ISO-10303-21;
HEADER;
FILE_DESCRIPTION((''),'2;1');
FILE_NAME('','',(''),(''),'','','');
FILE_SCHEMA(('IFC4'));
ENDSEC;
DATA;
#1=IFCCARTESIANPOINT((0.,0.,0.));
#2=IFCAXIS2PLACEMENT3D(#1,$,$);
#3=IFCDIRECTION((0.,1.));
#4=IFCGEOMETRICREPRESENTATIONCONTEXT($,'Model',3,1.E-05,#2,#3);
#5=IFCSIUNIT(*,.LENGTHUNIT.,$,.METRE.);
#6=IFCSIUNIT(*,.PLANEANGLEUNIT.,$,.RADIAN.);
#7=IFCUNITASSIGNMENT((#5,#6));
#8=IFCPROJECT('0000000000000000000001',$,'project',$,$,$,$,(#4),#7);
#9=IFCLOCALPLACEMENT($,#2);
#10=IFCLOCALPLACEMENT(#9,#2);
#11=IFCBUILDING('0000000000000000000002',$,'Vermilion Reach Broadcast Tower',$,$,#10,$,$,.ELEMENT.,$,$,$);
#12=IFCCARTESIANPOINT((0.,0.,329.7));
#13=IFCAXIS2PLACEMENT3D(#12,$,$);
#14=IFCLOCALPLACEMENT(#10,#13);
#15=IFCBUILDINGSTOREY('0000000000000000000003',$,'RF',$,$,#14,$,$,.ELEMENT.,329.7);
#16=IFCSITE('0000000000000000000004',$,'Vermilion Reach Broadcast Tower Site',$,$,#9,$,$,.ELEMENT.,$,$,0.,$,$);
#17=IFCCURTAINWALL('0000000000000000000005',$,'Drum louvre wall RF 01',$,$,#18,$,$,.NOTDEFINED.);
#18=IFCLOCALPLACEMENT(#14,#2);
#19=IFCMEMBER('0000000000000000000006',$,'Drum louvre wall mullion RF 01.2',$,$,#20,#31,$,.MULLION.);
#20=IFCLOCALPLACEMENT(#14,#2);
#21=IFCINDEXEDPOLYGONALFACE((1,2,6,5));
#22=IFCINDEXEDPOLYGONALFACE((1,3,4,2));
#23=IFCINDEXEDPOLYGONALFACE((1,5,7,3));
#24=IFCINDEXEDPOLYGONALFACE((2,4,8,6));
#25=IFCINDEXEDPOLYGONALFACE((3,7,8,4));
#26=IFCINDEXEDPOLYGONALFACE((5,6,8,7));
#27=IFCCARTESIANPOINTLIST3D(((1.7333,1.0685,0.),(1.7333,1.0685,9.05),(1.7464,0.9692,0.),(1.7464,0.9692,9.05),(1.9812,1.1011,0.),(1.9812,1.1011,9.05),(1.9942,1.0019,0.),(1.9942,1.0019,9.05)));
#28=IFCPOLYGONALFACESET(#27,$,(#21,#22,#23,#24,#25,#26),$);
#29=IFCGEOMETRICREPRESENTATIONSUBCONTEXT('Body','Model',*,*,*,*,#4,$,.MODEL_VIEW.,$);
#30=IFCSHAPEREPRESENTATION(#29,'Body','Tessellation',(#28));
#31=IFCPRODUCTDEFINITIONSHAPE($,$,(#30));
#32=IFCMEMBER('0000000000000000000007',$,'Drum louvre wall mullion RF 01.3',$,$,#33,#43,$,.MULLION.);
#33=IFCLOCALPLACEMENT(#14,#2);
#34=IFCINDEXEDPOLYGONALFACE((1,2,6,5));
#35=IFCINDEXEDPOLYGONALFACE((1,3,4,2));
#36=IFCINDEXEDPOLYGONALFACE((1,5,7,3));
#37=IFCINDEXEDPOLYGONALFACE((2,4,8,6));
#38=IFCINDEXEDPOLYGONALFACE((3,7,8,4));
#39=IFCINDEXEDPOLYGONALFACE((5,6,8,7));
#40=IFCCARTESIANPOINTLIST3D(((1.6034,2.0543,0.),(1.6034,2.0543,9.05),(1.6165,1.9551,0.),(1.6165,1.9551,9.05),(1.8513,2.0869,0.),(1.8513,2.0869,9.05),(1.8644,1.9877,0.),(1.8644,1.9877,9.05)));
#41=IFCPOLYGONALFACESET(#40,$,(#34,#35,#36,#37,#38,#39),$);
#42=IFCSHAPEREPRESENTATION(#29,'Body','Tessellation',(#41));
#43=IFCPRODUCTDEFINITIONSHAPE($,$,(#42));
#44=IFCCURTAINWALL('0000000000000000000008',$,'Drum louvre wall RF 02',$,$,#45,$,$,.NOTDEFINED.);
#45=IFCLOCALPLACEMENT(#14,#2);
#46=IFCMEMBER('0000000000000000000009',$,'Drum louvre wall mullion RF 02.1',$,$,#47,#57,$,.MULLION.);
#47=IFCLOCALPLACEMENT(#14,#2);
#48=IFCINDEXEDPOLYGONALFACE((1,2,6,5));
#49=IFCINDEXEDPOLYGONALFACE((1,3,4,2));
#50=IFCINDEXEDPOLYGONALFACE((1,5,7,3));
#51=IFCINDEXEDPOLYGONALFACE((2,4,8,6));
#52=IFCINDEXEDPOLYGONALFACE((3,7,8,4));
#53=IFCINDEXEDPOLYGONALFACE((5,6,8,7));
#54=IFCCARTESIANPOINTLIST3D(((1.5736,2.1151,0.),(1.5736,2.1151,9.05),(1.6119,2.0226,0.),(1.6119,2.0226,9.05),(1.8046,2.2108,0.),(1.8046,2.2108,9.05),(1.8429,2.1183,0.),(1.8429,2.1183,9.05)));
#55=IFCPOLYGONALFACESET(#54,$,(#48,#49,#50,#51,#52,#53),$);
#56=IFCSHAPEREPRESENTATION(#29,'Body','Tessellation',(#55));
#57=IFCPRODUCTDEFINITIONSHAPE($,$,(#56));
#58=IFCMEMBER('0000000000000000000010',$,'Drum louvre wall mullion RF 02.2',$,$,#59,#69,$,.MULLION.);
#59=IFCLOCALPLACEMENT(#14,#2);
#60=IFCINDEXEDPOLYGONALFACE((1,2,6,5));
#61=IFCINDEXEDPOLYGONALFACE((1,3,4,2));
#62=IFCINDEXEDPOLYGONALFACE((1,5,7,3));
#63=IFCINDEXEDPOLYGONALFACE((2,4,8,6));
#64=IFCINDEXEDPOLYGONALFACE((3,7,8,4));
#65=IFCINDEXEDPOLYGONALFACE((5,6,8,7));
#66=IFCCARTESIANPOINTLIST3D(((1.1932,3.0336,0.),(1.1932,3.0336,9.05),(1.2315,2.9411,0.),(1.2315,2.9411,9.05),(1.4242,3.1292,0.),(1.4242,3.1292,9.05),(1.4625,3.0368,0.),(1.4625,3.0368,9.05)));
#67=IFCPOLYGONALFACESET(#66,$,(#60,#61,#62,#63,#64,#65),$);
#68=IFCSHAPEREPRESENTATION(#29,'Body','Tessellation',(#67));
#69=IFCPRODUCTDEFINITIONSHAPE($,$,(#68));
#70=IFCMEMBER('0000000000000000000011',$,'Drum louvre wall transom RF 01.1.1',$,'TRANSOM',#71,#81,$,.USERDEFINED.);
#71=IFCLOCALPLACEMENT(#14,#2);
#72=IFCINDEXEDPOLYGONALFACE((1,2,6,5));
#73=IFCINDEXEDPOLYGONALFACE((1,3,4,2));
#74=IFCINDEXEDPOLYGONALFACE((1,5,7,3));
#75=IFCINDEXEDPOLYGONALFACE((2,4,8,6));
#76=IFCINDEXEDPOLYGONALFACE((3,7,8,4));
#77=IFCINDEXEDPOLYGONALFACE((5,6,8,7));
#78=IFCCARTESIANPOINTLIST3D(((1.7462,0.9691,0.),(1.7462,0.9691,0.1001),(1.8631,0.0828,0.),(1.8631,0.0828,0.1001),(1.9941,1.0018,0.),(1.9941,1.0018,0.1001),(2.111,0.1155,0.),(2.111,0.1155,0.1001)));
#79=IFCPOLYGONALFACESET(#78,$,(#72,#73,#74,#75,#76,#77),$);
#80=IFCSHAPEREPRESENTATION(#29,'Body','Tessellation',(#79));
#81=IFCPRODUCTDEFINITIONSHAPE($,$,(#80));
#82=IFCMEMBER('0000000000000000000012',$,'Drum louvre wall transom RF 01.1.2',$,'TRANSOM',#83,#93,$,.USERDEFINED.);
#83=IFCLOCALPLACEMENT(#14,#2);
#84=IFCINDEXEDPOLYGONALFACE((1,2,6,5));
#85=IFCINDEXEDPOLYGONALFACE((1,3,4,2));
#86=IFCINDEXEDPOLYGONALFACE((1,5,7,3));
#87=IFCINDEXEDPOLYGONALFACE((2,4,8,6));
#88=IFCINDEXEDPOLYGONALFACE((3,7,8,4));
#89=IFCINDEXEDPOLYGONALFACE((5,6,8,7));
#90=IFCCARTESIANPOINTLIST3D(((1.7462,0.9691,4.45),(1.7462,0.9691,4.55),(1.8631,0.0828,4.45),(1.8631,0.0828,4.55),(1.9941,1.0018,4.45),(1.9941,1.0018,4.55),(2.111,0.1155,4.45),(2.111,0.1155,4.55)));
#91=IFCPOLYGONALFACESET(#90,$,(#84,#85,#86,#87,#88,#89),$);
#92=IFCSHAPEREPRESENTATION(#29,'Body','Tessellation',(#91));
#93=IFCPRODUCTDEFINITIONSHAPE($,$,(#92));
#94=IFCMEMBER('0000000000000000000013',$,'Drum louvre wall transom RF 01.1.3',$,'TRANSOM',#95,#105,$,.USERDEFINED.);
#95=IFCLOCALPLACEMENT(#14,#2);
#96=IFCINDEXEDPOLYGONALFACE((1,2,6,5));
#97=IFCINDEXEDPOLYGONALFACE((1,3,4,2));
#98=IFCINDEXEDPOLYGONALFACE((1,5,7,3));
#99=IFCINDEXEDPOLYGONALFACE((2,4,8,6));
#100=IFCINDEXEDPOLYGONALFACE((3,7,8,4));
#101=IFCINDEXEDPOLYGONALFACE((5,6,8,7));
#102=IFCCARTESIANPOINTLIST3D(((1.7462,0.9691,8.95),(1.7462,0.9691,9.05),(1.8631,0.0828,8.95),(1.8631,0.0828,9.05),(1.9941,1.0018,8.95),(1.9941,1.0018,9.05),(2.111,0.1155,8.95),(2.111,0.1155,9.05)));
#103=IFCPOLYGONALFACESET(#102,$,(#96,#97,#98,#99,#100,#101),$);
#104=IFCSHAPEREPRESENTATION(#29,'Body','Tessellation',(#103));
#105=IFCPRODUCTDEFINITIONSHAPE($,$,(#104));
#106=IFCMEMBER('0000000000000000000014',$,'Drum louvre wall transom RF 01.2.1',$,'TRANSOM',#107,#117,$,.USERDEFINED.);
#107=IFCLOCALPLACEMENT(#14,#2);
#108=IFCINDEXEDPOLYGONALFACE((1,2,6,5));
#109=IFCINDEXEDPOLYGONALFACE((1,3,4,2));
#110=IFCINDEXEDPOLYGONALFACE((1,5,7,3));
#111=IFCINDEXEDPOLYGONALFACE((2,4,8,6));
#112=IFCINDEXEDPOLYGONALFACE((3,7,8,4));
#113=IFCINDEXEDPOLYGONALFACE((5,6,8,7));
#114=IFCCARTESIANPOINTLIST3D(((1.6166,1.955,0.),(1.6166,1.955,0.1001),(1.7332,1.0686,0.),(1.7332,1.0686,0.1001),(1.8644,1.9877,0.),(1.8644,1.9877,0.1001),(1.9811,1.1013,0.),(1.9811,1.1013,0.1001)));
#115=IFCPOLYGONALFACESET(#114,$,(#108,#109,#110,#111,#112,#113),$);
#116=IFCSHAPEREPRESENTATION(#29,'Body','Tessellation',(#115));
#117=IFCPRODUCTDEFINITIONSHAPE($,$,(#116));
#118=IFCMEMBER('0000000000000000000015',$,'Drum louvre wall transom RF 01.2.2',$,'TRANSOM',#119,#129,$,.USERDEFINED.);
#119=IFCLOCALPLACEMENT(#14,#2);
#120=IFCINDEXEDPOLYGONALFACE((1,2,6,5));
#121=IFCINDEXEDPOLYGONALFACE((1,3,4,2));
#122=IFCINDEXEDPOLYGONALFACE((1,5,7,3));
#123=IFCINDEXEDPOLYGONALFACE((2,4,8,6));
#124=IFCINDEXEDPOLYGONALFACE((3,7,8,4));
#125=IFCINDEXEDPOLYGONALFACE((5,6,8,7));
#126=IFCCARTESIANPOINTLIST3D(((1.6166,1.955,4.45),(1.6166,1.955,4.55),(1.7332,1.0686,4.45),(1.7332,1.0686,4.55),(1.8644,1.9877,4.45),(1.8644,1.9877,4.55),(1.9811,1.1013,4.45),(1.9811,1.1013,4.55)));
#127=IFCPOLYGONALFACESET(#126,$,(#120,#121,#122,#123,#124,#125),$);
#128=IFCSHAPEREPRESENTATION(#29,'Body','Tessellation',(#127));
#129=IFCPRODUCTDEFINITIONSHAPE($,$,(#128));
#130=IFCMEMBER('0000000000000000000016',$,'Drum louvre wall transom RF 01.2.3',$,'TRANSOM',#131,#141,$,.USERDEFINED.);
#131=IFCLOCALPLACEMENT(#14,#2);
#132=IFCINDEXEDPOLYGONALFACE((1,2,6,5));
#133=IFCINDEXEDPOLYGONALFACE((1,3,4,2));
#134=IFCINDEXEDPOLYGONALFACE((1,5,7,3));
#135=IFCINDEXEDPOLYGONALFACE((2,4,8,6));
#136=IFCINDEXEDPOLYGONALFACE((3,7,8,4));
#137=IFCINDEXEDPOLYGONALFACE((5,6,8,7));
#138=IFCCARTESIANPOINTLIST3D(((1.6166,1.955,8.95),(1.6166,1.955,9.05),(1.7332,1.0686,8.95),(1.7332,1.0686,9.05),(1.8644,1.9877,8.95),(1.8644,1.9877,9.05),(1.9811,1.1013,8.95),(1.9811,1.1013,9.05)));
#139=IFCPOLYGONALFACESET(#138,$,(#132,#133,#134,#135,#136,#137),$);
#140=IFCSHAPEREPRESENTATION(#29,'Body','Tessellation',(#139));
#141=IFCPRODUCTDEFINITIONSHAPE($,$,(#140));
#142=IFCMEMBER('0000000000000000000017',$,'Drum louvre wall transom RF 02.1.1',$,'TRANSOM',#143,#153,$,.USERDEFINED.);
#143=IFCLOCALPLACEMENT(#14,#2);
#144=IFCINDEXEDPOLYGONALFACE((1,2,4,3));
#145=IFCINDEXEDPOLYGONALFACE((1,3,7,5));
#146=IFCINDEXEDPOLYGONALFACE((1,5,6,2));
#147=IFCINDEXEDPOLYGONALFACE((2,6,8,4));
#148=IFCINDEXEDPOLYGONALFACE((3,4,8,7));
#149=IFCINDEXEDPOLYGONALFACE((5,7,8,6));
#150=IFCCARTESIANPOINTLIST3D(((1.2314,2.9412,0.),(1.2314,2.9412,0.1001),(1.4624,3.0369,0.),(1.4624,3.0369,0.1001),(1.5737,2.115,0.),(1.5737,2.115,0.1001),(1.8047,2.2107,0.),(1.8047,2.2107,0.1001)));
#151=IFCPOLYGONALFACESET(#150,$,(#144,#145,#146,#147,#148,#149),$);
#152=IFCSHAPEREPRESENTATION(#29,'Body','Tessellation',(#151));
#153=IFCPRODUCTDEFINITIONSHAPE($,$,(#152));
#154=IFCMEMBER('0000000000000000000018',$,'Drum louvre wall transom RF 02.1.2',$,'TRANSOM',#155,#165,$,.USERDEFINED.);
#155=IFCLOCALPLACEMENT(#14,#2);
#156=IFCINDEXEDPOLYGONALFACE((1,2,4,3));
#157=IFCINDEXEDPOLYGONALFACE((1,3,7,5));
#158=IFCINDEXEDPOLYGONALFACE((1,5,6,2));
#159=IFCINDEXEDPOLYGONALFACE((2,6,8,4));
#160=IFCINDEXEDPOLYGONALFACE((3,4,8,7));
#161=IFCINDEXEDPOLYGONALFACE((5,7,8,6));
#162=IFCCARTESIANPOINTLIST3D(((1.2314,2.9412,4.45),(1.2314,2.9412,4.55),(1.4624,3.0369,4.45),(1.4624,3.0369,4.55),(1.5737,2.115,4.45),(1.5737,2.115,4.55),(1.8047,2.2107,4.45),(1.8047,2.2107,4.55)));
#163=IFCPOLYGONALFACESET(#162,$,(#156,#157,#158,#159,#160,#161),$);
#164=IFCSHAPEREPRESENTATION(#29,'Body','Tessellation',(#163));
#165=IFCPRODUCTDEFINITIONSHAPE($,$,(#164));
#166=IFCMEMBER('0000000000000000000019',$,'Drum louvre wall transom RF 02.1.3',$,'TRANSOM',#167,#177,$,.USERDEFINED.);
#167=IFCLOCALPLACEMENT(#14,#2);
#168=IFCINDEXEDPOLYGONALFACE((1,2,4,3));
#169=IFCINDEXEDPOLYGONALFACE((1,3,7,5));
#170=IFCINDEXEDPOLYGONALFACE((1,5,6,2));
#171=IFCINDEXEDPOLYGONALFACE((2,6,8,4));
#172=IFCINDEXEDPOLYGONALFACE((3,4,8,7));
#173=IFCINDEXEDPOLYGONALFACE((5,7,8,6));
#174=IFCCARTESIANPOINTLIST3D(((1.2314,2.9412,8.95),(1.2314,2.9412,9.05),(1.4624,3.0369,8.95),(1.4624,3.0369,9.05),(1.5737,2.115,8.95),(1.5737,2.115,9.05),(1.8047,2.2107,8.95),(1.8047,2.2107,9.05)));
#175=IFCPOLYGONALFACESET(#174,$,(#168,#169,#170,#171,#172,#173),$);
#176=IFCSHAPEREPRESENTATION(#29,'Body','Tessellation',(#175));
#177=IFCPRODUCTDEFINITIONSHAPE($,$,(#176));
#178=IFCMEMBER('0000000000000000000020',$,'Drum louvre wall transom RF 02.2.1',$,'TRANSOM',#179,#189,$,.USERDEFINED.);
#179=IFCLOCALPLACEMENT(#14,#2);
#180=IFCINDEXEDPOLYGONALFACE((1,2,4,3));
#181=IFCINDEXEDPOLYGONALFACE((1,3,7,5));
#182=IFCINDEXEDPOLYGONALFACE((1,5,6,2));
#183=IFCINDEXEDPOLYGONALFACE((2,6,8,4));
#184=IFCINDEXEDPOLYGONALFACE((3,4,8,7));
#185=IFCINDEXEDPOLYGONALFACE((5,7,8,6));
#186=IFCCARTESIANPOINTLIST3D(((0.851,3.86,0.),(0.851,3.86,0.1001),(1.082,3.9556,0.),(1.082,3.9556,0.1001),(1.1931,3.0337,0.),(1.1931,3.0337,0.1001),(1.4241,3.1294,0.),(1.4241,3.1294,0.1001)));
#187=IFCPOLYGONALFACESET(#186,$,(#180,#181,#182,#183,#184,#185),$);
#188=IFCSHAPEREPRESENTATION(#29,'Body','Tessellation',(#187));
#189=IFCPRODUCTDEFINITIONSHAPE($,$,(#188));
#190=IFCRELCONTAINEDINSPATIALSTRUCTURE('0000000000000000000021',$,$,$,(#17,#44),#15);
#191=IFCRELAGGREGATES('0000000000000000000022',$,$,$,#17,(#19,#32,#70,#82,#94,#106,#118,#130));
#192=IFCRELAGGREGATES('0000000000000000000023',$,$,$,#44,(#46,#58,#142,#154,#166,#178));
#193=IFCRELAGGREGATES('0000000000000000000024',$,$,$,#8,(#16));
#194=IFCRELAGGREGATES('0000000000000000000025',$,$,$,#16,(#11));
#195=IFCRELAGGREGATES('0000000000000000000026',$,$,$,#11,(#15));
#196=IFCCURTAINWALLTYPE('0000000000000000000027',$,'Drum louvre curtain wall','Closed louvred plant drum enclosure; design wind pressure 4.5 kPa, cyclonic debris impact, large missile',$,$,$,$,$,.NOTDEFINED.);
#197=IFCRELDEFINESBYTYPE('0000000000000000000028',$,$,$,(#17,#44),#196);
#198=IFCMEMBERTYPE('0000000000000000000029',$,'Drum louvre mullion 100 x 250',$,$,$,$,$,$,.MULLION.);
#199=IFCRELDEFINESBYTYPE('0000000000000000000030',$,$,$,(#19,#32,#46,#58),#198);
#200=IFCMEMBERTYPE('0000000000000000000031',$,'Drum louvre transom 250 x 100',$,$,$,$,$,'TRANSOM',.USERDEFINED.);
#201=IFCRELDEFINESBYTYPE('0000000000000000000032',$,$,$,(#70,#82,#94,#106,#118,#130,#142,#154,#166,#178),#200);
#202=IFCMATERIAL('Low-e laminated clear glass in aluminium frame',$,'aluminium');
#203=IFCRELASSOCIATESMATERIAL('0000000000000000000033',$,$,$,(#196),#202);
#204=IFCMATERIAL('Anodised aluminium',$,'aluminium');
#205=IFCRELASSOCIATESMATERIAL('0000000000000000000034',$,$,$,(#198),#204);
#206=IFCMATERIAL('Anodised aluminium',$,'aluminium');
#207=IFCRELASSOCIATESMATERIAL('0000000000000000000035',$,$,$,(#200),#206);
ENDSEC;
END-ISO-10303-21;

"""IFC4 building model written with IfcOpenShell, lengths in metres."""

from ifc_helpers import new_model, si_unit, direction, frame, origin, origin_2d, place, context, subcontext, project, spatial, rectangle, extrude, material, material_profile, profile_set, type_object, element, aggregate, save


model = new_model("IFC4")

# Units and contexts
model_context = context("Model", 3, precision=1e-05, world=origin(), true_north=direction((0.0, 1.0)))
body_context = subcontext(model_context, "Body", "Model", "MODEL_VIEW")
ifc_project = project(units=[si_unit("LENGTHUNIT", "METRE"), si_unit("PLANEANGLEUNIT", "RADIAN")], contexts=[model_context])

# Site, building, storey
site_placement = place(None, origin())
site = spatial("IfcSite", under=ifc_project, at=site_placement, Name="Vermilion Reach Broadcast Tower Site", CompositionType="ELEMENT", RefElevation=0.0)
building_placement = place(site_placement, origin())
building = spatial("IfcBuilding", under=site, at=building_placement, Name="Vermilion Reach Broadcast Tower", CompositionType="ELEMENT")
storey_placement = place(building_placement, frame((0.0, 0.0, 329.7)))
storey = spatial("IfcBuildingStorey", under=building, at=storey_placement, Name="RF", CompositionType="ELEMENT", Elevation=329.7)

# Curtain walls, members
ifc_material_1 = material(Name="Low-e laminated clear glass in aluminium frame", Category="aluminium")
curtain_wall_type = type_object("IfcCurtainWallType", Name="Drum louvre curtain wall", Description="Closed louvred plant drum enclosure; design wind pressure 4.5 kPa, cyclonic debris impact, large missile", PredefinedType="NOTDEFINED", material=ifc_material_1)
placement = place(storey_placement, origin())
curtain_wall_1 = element("IfcCurtainWall", 1, at=placement, inside=storey, type_object=curtain_wall_type, Name="Drum louvre wall RF 01", PredefinedType="NOTDEFINED")
ifc_material_2 = material(Name="Anodised aluminium", Category="aluminium")
ifc_material_profile_1 = material_profile(ifc_material_2, rectangle(XDim=0.25, YDim=0.1001, at=origin_2d()), Name="Drum louvre mullion 100 x 250")
ifc_profile_set_1 = profile_set([ifc_material_profile_1], Name="Anodised aluminium")
member_type_1 = type_object("IfcMemberType", Name="Drum louvre mullion 100 x 250", PredefinedType="MULLION", material=ifc_profile_set_1)
member_1_placement = place(storey_placement, frame((1.8638, 1.0352, 0.0), z_axis=(0.0, 0.0, 1.0), x_axis=(-0.991445, -0.130526, 0.0)))
member_1 = element("IfcMember", 2, at=member_1_placement, type_object=member_type_1, Name="Drum louvre wall mullion RF 01.2", PredefinedType="MULLION", context=body_context, shape_type="SweptSolid", body=[
    extrude(rectangle(XDim=0.25, YDim=0.1001, at=origin_2d()), origin(), (0.0, 0.0, 1.0), 9.05),
])
member_2_placement = place(storey_placement, frame((1.7339, 2.021, 0.0), z_axis=(0.0, 0.0, 1.0), x_axis=(-0.991445, -0.130526, 0.0)))
member_2 = element("IfcMember", 3, at=member_2_placement, type_object=member_type_1, Name="Drum louvre wall mullion RF 01.3", PredefinedType="MULLION", context=body_context, shape_type="SweptSolid", body=[
    extrude(rectangle(XDim=0.25, YDim=0.1001, at=origin_2d()), origin(), (0.0, 0.0, 1.0), 9.05),
])
curtain_wall_2 = element("IfcCurtainWall", 4, at=placement, inside=storey, type_object=curtain_wall_type, Name="Drum louvre wall RF 02", PredefinedType="NOTDEFINED")
member_3_placement = place(storey_placement, frame((1.7083, 2.1167, 0.0), z_axis=(0.0, 0.0, 1.0), x_axis=(-0.92388, -0.382683, 0.0)))
member_3 = element("IfcMember", 5, at=member_3_placement, type_object=member_type_1, Name="Drum louvre wall mullion RF 02.1", PredefinedType="MULLION", context=body_context, shape_type="SweptSolid", body=[
    extrude(rectangle(XDim=0.25, YDim=0.1001, at=origin_2d()), origin(), (0.0, 0.0, 1.0), 9.05),
])
member_4_placement = place(storey_placement, frame((1.3279, 3.0352, 0.0), z_axis=(0.0, 0.0, 1.0), x_axis=(-0.92388, -0.382683, 0.0)))
member_4 = element("IfcMember", 6, at=member_4_placement, type_object=member_type_1, Name="Drum louvre wall mullion RF 02.2", PredefinedType="MULLION", context=body_context, shape_type="SweptSolid", body=[
    extrude(rectangle(XDim=0.25, YDim=0.1001, at=origin_2d()), origin(), (0.0, 0.0, 1.0), 9.05),
])

# Members
ifc_material_3 = material(Name="Anodised aluminium", Category="aluminium")
ifc_material_profile_2 = material_profile(ifc_material_3, rectangle(XDim=0.25, YDim=0.1001, at=origin_2d()), Name="Drum louvre transom 250 x 100")
ifc_profile_set_2 = profile_set([ifc_material_profile_2], Name="Anodised aluminium")
member_type_2 = type_object("IfcMemberType", Name="Drum louvre transom 250 x 100", ElementType="TRANSOM", PredefinedType="USERDEFINED", material=ifc_profile_set_2)
member_5_placement = place(storey_placement, frame((1.9871, 0.0991, 0.05), z_axis=(-0.130786, 0.991411, 0.0), x_axis=(-0.991411, -0.130786, 0.0)))
member_5 = element("IfcMember", 7, at=member_5_placement, type_object=member_type_2, Name="Drum louvre wall transom RF 01.1.1", ObjectType="TRANSOM", PredefinedType="USERDEFINED", context=body_context, shape_type="SweptSolid", body=[
    extrude(rectangle(XDim=0.25, YDim=0.1001, at=origin_2d()), origin(), (0.0, 0.0, 1.0), 0.894),
])
member_6_placement = place(storey_placement, frame((1.9871, 0.0991, 4.5), z_axis=(-0.130786, 0.991411, 0.0), x_axis=(-0.991411, -0.130786, 0.0)))
member_6 = element("IfcMember", 8, at=member_6_placement, type_object=member_type_2, Name="Drum louvre wall transom RF 01.1.2", ObjectType="TRANSOM", PredefinedType="USERDEFINED", context=body_context, shape_type="SweptSolid", body=[
    extrude(rectangle(XDim=0.25, YDim=0.1001, at=origin_2d()), origin(), (0.0, 0.0, 1.0), 0.894),
])
member_7_placement = place(storey_placement, frame((1.9871, 0.0991, 9.0), z_axis=(-0.130786, 0.991411, 0.0), x_axis=(-0.991411, -0.130786, 0.0)))
member_7 = element("IfcMember", 9, at=member_7_placement, type_object=member_type_2, Name="Drum louvre wall transom RF 01.1.3", ObjectType="TRANSOM", PredefinedType="USERDEFINED", context=body_context, shape_type="SweptSolid", body=[
    extrude(rectangle(XDim=0.25, YDim=0.1001, at=origin_2d()), origin(), (0.0, 0.0, 1.0), 0.894),
])
member_8_placement = place(storey_placement, frame((1.8572, 1.085, 0.05), z_axis=(-0.130518, 0.991446, 0.0), x_axis=(-0.991446, -0.130518, 0.0)))
member_8 = element("IfcMember", 10, at=member_8_placement, type_object=member_type_2, Name="Drum louvre wall transom RF 01.2.1", ObjectType="TRANSOM", PredefinedType="USERDEFINED", context=body_context, shape_type="SweptSolid", body=[
    extrude(rectangle(XDim=0.25, YDim=0.1001, at=origin_2d()), origin(), (0.0, 0.0, 1.0), 0.894),
])
member_9_placement = place(storey_placement, frame((1.8572, 1.085, 4.5), z_axis=(-0.130518, 0.991446, 0.0), x_axis=(-0.991446, -0.130518, 0.0)))
member_9 = element("IfcMember", 11, at=member_9_placement, type_object=member_type_2, Name="Drum louvre wall transom RF 01.2.2", ObjectType="TRANSOM", PredefinedType="USERDEFINED", context=body_context, shape_type="SweptSolid", body=[
    extrude(rectangle(XDim=0.25, YDim=0.1001, at=origin_2d()), origin(), (0.0, 0.0, 1.0), 0.894),
])
member_10_placement = place(storey_placement, frame((1.8572, 1.085, 9.0), z_axis=(-0.130518, 0.991446, 0.0), x_axis=(-0.991446, -0.130518, 0.0)))
member_10 = element("IfcMember", 12, at=member_10_placement, type_object=member_type_2, Name="Drum louvre wall transom RF 01.2.3", ObjectType="TRANSOM", PredefinedType="USERDEFINED", context=body_context, shape_type="SweptSolid", body=[
    extrude(rectangle(XDim=0.25, YDim=0.1001, at=origin_2d()), origin(), (0.0, 0.0, 1.0), 0.894),
])
member_11_placement = place(storey_placement, frame((1.6892, 2.1628, 0.05), z_axis=(-0.382754, 0.92385, 0.0), x_axis=(-0.92385, -0.382754, 0.0)))
member_11 = element("IfcMember", 13, at=member_11_placement, type_object=member_type_2, Name="Drum louvre wall transom RF 02.1.1", ObjectType="TRANSOM", PredefinedType="USERDEFINED", context=body_context, shape_type="SweptSolid", body=[
    extrude(rectangle(XDim=0.25, YDim=0.1001, at=origin_2d()), origin(), (0.0, 0.0, 1.0), 0.8943),
])
member_12_placement = place(storey_placement, frame((1.6892, 2.1628, 4.5), z_axis=(-0.382754, 0.92385, 0.0), x_axis=(-0.92385, -0.382754, 0.0)))
member_12 = element("IfcMember", 14, at=member_12_placement, type_object=member_type_2, Name="Drum louvre wall transom RF 02.1.2", ObjectType="TRANSOM", PredefinedType="USERDEFINED", context=body_context, shape_type="SweptSolid", body=[
    extrude(rectangle(XDim=0.25, YDim=0.1001, at=origin_2d()), origin(), (0.0, 0.0, 1.0), 0.8943),
])
member_13_placement = place(storey_placement, frame((1.6892, 2.1628, 9.0), z_axis=(-0.382754, 0.92385, 0.0), x_axis=(-0.92385, -0.382754, 0.0)))
member_13 = element("IfcMember", 15, at=member_13_placement, type_object=member_type_2, Name="Drum louvre wall transom RF 02.1.3", ObjectType="TRANSOM", PredefinedType="USERDEFINED", context=body_context, shape_type="SweptSolid", body=[
    extrude(rectangle(XDim=0.25, YDim=0.1001, at=origin_2d()), origin(), (0.0, 0.0, 1.0), 0.8943),
])
member_14_placement = place(storey_placement, frame((1.3086, 3.0815, 0.05), z_axis=(-0.382521, 0.923947, 0.0), x_axis=(-0.923947, -0.382521, 0.0)))
member_14 = element("IfcMember", 16, at=member_14_placement, type_object=member_type_2, Name="Drum louvre wall transom RF 02.2.1", ObjectType="TRANSOM", PredefinedType="USERDEFINED", context=body_context, shape_type="SweptSolid", body=[
    extrude(rectangle(XDim=0.25, YDim=0.1001, at=origin_2d()), origin(), (0.0, 0.0, 1.0), 0.8943),
])

aggregate(curtain_wall_1, [member_1, member_2, member_5, member_6, member_7, member_8, member_9, member_10])
aggregate(curtain_wall_2, [member_3, member_4, member_11, member_12, member_13, member_14])

save(model, "model.ifc")
